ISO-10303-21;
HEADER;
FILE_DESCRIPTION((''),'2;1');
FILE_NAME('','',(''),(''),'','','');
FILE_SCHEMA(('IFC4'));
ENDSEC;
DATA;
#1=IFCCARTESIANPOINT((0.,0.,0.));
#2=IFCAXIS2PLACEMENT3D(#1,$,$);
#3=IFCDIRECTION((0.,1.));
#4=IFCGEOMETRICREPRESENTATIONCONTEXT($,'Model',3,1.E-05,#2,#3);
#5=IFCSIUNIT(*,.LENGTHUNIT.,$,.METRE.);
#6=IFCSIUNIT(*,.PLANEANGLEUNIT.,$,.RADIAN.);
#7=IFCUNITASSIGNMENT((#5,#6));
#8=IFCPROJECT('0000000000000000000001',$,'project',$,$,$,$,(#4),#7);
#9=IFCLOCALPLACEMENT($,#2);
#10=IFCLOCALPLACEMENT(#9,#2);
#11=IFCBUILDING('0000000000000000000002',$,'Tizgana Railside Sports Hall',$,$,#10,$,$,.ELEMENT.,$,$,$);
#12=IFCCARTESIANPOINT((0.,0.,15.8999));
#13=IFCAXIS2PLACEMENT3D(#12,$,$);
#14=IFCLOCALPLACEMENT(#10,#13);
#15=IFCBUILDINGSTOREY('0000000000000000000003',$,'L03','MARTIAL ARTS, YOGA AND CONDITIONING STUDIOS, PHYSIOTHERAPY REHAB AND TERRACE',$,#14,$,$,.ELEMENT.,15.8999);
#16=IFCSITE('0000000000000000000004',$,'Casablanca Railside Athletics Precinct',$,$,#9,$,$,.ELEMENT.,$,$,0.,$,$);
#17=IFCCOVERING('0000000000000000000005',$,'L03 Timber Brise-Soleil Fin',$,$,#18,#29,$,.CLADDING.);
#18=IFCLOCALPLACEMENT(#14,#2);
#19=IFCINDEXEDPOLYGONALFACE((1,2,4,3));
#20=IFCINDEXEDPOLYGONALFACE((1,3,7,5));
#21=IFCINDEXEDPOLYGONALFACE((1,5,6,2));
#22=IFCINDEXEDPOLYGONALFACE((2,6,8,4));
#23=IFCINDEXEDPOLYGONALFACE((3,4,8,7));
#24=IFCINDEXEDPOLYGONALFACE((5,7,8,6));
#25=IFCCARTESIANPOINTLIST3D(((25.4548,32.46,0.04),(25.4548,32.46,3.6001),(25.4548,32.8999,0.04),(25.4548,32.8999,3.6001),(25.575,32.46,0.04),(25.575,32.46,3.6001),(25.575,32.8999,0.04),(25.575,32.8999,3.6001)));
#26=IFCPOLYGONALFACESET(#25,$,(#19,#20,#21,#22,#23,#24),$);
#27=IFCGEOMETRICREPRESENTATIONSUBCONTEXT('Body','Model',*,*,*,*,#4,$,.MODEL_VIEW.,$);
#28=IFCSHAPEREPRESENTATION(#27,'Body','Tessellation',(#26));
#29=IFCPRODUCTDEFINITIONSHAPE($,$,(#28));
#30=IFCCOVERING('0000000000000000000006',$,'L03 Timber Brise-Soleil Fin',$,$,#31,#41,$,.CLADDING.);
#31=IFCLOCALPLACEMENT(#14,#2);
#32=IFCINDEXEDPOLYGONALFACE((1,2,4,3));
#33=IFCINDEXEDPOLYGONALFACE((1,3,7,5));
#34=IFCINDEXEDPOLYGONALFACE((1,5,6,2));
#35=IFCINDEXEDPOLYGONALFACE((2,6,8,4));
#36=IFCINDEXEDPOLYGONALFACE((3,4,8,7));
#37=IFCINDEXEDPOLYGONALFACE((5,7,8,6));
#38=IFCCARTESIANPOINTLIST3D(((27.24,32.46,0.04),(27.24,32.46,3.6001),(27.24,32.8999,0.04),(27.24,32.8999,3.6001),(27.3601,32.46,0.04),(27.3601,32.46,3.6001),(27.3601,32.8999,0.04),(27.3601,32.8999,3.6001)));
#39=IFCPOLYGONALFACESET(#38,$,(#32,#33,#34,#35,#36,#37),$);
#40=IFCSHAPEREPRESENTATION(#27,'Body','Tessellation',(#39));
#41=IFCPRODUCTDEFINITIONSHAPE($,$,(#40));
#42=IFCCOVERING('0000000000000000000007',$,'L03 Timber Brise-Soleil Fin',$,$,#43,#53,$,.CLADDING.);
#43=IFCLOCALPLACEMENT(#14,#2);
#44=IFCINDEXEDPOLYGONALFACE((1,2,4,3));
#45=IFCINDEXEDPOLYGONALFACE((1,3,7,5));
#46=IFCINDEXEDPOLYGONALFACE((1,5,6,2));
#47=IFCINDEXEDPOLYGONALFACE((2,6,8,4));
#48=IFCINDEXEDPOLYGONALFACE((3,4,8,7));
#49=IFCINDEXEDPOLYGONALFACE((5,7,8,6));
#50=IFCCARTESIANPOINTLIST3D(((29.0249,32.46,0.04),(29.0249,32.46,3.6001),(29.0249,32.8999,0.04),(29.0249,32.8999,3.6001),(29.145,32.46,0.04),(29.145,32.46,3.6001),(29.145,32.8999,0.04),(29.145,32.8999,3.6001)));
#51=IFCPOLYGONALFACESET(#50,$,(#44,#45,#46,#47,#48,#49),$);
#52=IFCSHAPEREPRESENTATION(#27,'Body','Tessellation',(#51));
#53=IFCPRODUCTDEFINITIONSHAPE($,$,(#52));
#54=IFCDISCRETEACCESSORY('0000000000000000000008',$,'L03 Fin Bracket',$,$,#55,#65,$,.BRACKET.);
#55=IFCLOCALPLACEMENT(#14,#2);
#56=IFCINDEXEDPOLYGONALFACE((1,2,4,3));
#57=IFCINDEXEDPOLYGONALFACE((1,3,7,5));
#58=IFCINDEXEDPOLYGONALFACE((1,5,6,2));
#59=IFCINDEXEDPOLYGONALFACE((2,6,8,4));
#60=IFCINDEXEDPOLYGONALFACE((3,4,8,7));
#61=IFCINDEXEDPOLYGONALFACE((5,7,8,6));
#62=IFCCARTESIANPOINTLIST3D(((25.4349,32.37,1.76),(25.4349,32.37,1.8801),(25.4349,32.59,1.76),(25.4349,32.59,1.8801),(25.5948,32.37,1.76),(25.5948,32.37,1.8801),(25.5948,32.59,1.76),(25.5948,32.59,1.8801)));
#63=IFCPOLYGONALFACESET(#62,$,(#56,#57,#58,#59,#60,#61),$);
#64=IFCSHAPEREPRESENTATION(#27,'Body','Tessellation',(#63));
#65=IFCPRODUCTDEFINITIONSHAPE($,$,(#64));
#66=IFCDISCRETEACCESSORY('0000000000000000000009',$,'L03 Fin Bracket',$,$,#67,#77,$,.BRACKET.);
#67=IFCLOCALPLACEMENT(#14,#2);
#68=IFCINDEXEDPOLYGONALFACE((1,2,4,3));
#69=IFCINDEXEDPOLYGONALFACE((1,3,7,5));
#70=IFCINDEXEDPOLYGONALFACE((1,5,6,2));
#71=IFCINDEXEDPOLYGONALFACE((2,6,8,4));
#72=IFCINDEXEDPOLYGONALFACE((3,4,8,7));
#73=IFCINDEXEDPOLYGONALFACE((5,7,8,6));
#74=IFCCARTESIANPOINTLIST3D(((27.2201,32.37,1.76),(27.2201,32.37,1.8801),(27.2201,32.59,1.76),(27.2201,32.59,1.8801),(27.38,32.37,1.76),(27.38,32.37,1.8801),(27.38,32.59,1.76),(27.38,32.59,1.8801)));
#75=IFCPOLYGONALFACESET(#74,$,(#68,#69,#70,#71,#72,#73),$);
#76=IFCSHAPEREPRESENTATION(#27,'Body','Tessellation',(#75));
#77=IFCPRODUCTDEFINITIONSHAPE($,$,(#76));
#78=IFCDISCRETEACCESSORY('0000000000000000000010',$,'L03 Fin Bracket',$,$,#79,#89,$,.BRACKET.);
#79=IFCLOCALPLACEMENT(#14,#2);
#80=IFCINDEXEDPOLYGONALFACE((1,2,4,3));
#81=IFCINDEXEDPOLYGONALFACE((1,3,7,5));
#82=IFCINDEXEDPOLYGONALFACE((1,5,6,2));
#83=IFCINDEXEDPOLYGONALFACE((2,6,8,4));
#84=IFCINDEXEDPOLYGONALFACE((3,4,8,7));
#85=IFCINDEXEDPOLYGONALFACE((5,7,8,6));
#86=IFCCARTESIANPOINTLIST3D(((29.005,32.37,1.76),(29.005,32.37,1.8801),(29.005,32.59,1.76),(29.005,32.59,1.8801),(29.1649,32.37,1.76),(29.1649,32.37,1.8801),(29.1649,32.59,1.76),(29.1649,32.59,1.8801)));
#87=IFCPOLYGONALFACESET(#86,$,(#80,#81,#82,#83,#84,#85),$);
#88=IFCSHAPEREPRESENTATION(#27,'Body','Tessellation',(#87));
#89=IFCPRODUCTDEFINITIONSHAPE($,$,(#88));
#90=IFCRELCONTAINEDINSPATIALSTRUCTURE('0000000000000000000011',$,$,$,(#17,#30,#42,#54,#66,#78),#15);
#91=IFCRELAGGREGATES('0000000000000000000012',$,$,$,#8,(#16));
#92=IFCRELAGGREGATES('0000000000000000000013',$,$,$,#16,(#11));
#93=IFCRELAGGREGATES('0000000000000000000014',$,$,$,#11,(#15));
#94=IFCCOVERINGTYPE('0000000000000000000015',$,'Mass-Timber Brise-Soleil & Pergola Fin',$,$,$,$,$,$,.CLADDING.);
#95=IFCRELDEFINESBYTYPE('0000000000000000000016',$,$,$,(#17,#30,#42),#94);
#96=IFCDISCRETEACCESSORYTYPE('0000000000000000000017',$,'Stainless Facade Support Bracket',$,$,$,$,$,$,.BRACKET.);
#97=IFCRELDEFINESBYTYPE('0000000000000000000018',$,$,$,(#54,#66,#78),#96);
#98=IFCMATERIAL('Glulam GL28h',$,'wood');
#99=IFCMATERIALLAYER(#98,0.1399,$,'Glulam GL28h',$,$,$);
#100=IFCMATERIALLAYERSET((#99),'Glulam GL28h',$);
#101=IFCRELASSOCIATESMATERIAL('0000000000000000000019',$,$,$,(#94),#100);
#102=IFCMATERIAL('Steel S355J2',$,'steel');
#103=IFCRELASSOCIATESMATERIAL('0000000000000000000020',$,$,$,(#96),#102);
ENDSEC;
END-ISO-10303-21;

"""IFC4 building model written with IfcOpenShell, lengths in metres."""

from ifc_helpers import new_model, si_unit, direction, frame, origin, origin_2d, place, context, subcontext, project, spatial, rectangle, extrude, material, layer, layer_set, type_object, element, save


model = new_model("IFC4")

# Units and contexts
model_context = context("Model", 3, precision=1e-05, world=origin(), true_north=direction((0.0, 1.0)))
body_context = subcontext(model_context, "Body", "Model", "MODEL_VIEW")
ifc_project = project(units=[si_unit("LENGTHUNIT", "METRE"), si_unit("PLANEANGLEUNIT", "RADIAN")], contexts=[model_context])

# Site, building, storey
site_placement = place(None, origin())
site = spatial("IfcSite", under=ifc_project, at=site_placement, Name="Casablanca Railside Athletics Precinct", CompositionType="ELEMENT", RefElevation=0.0)
building_placement = place(site_placement, origin())
building = spatial("IfcBuilding", under=site, at=building_placement, Name="Tizgana Railside Sports Hall", CompositionType="ELEMENT")
storey_placement = place(building_placement, frame((0.0, 0.0, 15.8999)))
storey = spatial("IfcBuildingStorey", under=building, at=storey_placement, Name="L03", Description="MARTIAL ARTS, YOGA AND CONDITIONING STUDIOS, PHYSIOTHERAPY REHAB AND TERRACE", CompositionType="ELEMENT", Elevation=15.8999)

# Shared definitions
ifc_material_1 = material(Name="Steel S355J2", Category="steel")

# Coverings
ifc_material_2 = material(Name="Glulam GL28h", Category="wood")
ifc_layer_1 = layer(ifc_material_2, 0.1399, Name="Glulam GL28h")
ifc_layer_set_1 = layer_set([ifc_layer_1], Name="Glulam GL28h")
covering_type = type_object("IfcCoveringType", Name="Mass-Timber Brise-Soleil & Pergola Fin", PredefinedType="CLADDING", material=ifc_layer_set_1)
for number, where, z_axis, x_axis, name in (
    (1, (25.5149, 32.6799, 0.04), (0.0, 0.0, 1.0), (1.0, 0.0, 0.0), "L03 Timber Brise-Soleil Fin"),
    (2, (27.3, 32.6799, 0.04), (0.0, 0.0, 1.0), (1.0, 0.0, 0.0), "L03 Timber Brise-Soleil Fin"),
    (3, (29.085, 32.6799, 0.04), (0.0, 0.0, 1.0), (1.0, 0.0, 0.0), "L03 Timber Brise-Soleil Fin"),
):
    element("IfcCovering", number, at=place(storey_placement, frame(where, z_axis=z_axis, x_axis=x_axis)), inside=storey, type_object=covering_type, Name=name, PredefinedType="CLADDING", context=body_context, shape_type="SweptSolid", body=[
        extrude(rectangle(XDim=0.1201, YDim=0.4399, at=origin_2d()), origin(), (0.0, 0.0, 1.0), 3.5601),
    ])

# Discrete accessories
discrete_accessory_type = type_object("IfcDiscreteAccessoryType", Name="Stainless Facade Support Bracket", PredefinedType="BRACKET", material=ifc_material_1)
for number, where, z_axis, x_axis, name in (
    (4, (25.5149, 32.48, 1.76), (0.0, 0.0, 1.0), (1.0, 0.0, 0.0), "L03 Fin Bracket"),
    (5, (27.3, 32.48, 1.76), (0.0, 0.0, 1.0), (1.0, 0.0, 0.0), "L03 Fin Bracket"),
    (6, (29.085, 32.48, 1.76), (0.0, 0.0, 1.0), (1.0, 0.0, 0.0), "L03 Fin Bracket"),
):
    element("IfcDiscreteAccessory", number, at=place(storey_placement, frame(where, z_axis=z_axis, x_axis=x_axis)), inside=storey, type_object=discrete_accessory_type, Name=name, PredefinedType="BRACKET", context=body_context, shape_type="SweptSolid", body=[
        extrude(rectangle(XDim=0.1599, YDim=0.22, at=origin_2d()), origin(), (0.0, 0.0, 1.0), 0.1201),
    ])

save(model, "model.ifc")
